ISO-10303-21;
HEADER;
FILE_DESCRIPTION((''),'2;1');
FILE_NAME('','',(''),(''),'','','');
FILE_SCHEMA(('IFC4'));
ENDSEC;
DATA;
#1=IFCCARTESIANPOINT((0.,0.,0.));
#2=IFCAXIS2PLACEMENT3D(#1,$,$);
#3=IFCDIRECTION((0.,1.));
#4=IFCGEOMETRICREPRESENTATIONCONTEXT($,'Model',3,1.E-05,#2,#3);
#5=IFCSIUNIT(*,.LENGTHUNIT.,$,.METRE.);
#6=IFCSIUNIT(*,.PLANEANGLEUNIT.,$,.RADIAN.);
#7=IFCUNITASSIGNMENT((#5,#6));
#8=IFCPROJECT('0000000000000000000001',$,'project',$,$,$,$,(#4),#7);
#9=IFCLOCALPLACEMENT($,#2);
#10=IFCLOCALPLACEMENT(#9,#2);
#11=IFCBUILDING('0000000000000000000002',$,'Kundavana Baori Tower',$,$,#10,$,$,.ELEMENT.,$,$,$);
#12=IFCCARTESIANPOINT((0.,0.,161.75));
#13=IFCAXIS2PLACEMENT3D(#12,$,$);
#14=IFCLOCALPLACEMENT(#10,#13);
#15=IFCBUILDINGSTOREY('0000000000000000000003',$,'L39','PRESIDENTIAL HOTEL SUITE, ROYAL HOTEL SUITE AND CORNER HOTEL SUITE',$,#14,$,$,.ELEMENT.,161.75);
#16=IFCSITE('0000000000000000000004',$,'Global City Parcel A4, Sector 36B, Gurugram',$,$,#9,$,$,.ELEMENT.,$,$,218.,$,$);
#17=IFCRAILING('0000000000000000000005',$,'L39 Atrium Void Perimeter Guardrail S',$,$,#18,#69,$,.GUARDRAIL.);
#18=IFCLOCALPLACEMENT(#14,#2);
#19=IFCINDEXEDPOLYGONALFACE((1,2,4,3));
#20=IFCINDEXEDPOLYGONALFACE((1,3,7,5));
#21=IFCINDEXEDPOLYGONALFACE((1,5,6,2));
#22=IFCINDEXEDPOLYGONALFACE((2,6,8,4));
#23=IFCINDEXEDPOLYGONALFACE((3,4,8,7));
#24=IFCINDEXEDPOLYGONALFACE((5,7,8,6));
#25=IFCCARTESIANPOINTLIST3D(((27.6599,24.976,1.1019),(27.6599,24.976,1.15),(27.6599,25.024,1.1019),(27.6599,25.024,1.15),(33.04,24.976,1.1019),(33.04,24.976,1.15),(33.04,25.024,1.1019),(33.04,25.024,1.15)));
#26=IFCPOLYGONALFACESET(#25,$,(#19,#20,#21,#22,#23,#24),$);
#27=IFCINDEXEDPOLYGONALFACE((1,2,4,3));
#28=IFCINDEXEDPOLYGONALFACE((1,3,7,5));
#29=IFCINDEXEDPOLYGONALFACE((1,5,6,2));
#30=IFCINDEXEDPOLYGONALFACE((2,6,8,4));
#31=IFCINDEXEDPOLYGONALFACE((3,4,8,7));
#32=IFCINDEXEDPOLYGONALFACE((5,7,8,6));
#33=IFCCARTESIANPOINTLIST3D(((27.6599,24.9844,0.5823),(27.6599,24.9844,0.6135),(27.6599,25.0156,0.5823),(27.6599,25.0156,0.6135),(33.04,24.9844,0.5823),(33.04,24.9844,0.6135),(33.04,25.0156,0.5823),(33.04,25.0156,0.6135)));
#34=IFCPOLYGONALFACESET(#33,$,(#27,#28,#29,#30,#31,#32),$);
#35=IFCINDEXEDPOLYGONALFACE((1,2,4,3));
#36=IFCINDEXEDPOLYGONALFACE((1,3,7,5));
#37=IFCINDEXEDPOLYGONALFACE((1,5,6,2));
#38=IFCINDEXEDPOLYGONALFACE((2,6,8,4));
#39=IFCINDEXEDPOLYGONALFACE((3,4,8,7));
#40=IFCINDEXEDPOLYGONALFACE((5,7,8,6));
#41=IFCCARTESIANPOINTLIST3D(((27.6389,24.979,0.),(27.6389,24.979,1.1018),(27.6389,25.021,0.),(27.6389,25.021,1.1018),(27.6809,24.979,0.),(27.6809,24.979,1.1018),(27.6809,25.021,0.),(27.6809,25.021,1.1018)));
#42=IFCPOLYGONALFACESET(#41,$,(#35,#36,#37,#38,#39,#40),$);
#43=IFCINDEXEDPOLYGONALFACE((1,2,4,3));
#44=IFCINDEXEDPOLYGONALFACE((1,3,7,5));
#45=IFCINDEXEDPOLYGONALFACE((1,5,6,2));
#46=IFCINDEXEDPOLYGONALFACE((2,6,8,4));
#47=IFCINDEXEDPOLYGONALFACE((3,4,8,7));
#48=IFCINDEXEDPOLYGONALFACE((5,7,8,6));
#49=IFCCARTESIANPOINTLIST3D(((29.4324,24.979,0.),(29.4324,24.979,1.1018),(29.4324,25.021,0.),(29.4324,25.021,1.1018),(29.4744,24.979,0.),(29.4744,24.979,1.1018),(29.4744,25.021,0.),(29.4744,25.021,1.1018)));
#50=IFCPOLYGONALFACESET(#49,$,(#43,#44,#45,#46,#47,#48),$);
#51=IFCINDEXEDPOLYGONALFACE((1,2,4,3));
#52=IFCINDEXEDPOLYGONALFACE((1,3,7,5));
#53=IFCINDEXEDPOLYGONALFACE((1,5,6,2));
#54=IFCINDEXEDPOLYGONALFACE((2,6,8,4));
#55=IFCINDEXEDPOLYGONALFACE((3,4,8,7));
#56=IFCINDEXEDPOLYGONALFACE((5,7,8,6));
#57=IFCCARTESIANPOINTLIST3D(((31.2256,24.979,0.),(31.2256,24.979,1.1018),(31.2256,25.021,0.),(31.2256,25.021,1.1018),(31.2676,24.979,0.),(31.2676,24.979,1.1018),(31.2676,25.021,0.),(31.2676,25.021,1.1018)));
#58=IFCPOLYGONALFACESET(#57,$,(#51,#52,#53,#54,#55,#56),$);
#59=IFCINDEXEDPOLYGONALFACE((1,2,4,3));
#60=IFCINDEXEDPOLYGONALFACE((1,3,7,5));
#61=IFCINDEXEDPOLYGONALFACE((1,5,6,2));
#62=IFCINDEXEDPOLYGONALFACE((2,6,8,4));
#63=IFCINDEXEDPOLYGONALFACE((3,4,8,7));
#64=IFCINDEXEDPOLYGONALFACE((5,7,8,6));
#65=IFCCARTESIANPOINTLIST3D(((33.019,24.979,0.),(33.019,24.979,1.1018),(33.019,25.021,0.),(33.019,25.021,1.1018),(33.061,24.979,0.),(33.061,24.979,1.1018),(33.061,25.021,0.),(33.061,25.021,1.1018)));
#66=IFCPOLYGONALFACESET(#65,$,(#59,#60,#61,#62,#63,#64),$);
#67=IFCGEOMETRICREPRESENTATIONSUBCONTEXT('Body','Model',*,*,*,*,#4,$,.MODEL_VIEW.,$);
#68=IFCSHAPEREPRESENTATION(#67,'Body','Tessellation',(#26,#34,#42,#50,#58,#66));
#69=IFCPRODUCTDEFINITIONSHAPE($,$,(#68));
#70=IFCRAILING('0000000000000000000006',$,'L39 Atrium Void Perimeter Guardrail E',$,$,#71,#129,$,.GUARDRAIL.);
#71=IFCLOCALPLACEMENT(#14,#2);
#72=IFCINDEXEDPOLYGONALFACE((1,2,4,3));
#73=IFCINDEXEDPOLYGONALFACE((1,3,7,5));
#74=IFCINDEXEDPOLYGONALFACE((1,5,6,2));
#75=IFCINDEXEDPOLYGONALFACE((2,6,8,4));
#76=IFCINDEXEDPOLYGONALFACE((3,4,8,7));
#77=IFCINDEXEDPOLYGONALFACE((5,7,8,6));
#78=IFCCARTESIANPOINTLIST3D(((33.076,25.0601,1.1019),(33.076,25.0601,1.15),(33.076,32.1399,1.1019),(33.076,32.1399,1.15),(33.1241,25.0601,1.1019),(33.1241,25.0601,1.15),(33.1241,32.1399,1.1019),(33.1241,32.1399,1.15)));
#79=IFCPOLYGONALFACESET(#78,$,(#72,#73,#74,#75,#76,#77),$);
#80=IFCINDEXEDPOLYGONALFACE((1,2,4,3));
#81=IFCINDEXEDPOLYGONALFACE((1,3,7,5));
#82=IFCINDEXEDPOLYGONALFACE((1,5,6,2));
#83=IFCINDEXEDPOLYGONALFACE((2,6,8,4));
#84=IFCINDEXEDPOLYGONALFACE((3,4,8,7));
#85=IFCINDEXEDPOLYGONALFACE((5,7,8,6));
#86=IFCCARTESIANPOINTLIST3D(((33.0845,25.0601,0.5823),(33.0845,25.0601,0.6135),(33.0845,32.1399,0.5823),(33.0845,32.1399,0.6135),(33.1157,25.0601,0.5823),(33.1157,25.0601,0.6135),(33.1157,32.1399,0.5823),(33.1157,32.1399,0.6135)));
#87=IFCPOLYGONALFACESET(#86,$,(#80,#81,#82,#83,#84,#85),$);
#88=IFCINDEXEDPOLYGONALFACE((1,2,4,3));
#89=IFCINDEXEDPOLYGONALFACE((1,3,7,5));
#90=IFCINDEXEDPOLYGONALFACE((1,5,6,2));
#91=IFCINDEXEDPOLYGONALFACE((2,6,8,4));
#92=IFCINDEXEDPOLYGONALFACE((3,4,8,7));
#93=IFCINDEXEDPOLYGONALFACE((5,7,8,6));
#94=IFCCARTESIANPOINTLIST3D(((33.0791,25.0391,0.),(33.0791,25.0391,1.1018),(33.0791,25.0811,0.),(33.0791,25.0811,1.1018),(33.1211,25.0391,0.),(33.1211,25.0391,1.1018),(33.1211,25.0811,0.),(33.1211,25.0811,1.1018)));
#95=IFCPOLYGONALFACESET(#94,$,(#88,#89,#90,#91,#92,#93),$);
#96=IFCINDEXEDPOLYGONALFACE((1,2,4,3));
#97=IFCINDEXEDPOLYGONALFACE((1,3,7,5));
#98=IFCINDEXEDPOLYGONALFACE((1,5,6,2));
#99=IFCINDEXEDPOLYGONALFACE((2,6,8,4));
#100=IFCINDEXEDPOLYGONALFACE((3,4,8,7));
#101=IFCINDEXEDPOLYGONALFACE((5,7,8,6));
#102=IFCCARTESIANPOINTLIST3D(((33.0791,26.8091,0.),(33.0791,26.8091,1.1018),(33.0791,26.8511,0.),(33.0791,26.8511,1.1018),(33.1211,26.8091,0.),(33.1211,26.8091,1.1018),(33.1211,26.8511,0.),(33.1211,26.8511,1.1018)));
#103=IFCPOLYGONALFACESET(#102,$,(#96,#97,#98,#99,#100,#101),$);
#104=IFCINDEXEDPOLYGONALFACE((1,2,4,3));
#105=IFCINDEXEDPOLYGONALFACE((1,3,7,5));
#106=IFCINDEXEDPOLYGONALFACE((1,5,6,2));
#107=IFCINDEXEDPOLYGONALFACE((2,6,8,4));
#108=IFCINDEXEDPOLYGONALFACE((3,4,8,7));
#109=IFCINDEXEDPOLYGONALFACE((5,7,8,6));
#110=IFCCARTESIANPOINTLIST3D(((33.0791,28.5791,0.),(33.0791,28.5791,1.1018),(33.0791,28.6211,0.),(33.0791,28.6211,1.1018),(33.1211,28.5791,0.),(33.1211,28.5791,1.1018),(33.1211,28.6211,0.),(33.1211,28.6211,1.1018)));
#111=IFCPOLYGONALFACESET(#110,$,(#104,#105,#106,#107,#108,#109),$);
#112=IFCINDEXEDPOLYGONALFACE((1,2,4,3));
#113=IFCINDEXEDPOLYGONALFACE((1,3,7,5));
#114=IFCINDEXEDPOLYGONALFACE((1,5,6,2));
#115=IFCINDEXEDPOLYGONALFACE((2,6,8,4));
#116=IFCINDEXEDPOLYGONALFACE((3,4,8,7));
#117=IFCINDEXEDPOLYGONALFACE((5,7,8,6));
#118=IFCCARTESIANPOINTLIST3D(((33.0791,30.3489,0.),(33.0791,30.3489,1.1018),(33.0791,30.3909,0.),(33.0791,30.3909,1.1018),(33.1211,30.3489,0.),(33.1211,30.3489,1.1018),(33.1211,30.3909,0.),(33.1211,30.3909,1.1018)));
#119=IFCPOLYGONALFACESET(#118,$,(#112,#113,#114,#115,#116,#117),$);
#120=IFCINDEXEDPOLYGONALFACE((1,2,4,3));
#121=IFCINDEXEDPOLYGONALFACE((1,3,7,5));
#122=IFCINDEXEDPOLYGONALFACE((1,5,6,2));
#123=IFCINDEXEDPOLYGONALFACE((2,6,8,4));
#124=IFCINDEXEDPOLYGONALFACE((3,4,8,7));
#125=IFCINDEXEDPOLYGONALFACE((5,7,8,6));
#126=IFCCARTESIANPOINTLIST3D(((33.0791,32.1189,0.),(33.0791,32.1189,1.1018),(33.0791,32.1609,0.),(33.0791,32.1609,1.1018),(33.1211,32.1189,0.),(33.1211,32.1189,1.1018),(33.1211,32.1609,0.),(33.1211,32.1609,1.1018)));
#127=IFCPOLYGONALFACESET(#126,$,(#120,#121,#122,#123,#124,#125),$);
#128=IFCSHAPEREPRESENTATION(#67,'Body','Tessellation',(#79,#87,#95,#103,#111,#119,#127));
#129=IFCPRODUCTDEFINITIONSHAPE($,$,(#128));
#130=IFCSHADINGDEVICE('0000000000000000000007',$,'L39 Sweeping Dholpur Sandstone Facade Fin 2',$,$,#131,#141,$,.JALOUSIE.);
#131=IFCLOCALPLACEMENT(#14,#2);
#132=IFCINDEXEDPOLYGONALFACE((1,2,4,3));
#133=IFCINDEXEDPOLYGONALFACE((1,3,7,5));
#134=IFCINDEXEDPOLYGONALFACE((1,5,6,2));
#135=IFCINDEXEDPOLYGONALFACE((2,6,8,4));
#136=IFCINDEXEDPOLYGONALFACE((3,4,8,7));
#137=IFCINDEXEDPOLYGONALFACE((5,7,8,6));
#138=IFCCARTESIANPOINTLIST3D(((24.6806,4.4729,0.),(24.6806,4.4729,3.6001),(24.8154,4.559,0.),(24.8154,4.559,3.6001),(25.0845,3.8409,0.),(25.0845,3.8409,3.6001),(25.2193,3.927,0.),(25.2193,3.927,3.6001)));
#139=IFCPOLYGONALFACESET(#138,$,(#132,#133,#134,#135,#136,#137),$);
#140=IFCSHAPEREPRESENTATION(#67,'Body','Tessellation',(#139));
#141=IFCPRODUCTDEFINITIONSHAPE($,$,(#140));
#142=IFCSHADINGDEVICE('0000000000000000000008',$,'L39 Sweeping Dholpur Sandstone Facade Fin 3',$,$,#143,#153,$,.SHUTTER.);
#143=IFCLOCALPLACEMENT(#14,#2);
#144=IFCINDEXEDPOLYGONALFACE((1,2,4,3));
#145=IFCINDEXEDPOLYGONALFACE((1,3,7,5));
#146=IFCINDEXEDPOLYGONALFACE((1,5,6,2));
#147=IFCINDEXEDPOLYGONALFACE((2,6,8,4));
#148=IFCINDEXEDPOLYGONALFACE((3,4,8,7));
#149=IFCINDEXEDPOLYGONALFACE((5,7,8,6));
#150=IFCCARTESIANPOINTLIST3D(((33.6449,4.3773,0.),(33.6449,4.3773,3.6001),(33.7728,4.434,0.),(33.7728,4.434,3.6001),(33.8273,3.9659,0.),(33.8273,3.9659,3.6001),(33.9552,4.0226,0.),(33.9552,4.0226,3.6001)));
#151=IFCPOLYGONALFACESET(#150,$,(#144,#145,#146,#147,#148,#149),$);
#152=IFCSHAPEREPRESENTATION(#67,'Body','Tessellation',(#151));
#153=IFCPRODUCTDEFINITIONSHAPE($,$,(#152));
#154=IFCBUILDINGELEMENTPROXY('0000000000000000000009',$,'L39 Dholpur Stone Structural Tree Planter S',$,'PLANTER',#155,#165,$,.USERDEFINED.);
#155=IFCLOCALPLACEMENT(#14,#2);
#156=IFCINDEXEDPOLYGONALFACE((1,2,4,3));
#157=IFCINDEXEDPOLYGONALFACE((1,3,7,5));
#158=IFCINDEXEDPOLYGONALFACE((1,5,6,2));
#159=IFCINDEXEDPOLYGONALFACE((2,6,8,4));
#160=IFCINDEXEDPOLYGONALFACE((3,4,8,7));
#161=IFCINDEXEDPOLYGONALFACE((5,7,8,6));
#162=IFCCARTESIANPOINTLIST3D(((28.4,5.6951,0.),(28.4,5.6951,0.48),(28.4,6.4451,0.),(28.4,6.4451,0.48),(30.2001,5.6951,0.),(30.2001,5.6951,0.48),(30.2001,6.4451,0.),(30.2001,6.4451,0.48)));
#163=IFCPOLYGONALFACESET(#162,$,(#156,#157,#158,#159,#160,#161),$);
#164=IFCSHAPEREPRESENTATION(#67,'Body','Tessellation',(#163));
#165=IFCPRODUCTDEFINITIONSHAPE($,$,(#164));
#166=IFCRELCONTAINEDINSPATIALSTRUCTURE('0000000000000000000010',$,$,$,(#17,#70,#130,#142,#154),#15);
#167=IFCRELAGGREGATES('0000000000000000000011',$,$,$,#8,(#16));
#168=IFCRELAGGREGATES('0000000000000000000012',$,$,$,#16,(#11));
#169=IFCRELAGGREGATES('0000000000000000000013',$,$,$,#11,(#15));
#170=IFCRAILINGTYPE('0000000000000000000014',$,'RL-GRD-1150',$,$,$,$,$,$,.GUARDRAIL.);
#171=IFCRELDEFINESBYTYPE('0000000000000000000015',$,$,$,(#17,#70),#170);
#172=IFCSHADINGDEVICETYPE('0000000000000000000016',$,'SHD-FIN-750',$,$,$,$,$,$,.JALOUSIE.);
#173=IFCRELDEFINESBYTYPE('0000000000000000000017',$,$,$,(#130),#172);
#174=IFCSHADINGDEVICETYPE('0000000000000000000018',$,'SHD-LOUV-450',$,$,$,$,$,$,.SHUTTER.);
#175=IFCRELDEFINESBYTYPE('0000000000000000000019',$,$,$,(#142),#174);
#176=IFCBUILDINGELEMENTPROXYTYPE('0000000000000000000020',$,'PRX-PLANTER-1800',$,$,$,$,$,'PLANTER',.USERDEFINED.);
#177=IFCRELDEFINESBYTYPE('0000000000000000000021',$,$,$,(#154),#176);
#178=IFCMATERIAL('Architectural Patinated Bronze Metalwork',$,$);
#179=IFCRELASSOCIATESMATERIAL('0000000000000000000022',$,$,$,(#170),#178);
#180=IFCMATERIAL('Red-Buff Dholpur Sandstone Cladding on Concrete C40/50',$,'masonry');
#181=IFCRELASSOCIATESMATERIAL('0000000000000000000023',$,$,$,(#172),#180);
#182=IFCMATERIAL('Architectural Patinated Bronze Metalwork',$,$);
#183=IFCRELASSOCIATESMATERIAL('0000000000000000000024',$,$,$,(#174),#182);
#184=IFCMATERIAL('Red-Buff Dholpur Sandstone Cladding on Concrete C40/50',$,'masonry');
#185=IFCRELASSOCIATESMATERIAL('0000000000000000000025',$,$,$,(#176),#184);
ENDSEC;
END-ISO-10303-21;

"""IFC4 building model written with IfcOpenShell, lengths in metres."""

from ifc_helpers import new_model, si_unit, direction, frame, origin, origin_2d, place, context, subcontext, project, spatial, rectangle, extrude, material, type_object, element, save


model = new_model("IFC4")

# Units and contexts
model_context = context("Model", 3, precision=1e-05, world=origin(), true_north=direction((0.0, 1.0)))
body_context = subcontext(model_context, "Body", "Model", "MODEL_VIEW")
ifc_project = project(units=[si_unit("LENGTHUNIT", "METRE"), si_unit("PLANEANGLEUNIT", "RADIAN")], contexts=[model_context])

# Site, building, storey
site_placement = place(None, origin())
site = spatial("IfcSite", under=ifc_project, at=site_placement, Name="Global City Parcel A4, Sector 36B, Gurugram", CompositionType="ELEMENT", RefElevation=218.0)
building_placement = place(site_placement, origin())
building = spatial("IfcBuilding", under=site, at=building_placement, Name="Kundavana Baori Tower", CompositionType="ELEMENT")
storey_placement = place(building_placement, frame((0.0, 0.0, 161.75)))
storey = spatial("IfcBuildingStorey", under=building, at=storey_placement, Name="L39", Description="PRESIDENTIAL HOTEL SUITE, ROYAL HOTEL SUITE AND CORNER HOTEL SUITE", CompositionType="ELEMENT", Elevation=161.75)

# Railings
ifc_material_1 = material(Name="Architectural Patinated Bronze Metalwork")
railing_type = type_object("IfcRailingType", Name="RL-GRD-1150", PredefinedType="GUARDRAIL", material=ifc_material_1)
railing_1_placement = place(storey_placement, frame((27.6599, 25.0, 0.0)))
element("IfcRailing", 1, at=railing_1_placement, inside=storey, type_object=railing_type, Name="L39 Atrium Void Perimeter Guardrail S", PredefinedType="GUARDRAIL", context=body_context, shape_type="SweptSolid", body=[
    extrude(rectangle(XDim=0.0481, YDim=0.0481, at=origin_2d()), frame((0.0, 0.0, 1.126), z_axis=(1.0, 0.0, 0.0), x_axis=(0.0, 1.0, 0.0)), (0.0, 0.0, 1.0), 5.3801),
    extrude(rectangle(XDim=0.0312, YDim=0.0312, at=origin_2d()), frame((0.0, 0.0, 0.5979), z_axis=(1.0, 0.0, 0.0), x_axis=(0.0, 1.0, 0.0)), (0.0, 0.0, 1.0), 5.3801),
    extrude(rectangle(XDim=0.042, YDim=0.042, at=origin_2d()), origin(), (0.0, 0.0, 1.0), 1.1018),
    extrude(rectangle(XDim=0.042, YDim=0.042, at=origin_2d()), frame((1.7935, 0.0, 0.0)), (0.0, 0.0, 1.0), 1.1018),
    extrude(rectangle(XDim=0.042, YDim=0.042, at=origin_2d()), frame((3.5867, 0.0, 0.0)), (0.0, 0.0, 1.0), 1.1018),
    extrude(rectangle(XDim=0.042, YDim=0.042, at=origin_2d()), frame((5.3801, 0.0, 0.0)), (0.0, 0.0, 1.0), 1.1018),
])
railing_2_placement = place(storey_placement, frame((33.1001, 25.0601, 0.0)))
element("IfcRailing", 2, at=railing_2_placement, inside=storey, type_object=railing_type, Name="L39 Atrium Void Perimeter Guardrail E", PredefinedType="GUARDRAIL", context=body_context, shape_type="SweptSolid", body=[
    extrude(rectangle(XDim=0.0481, YDim=0.0481, at=origin_2d()), frame((0.0, 0.0, 1.126), z_axis=(0.0, 1.0, 0.0), x_axis=(-1.0, 0.0, 0.0)), (0.0, 0.0, 1.0), 7.0798),
    extrude(rectangle(XDim=0.0312, YDim=0.0312, at=origin_2d()), frame((0.0, 0.0, 0.5979), z_axis=(0.0, 1.0, 0.0), x_axis=(-1.0, 0.0, 0.0)), (0.0, 0.0, 1.0), 7.0798),
    extrude(rectangle(XDim=0.042, YDim=0.042, at=origin_2d()), origin(), (0.0, 0.0, 1.0), 1.1018),
    extrude(rectangle(XDim=0.042, YDim=0.042, at=origin_2d()), frame((0.0, 1.77, 0.0)), (0.0, 0.0, 1.0), 1.1018),
    extrude(rectangle(XDim=0.042, YDim=0.042, at=origin_2d()), frame((0.0, 3.54, 0.0)), (0.0, 0.0, 1.0), 1.1018),
    extrude(rectangle(XDim=0.042, YDim=0.042, at=origin_2d()), frame((0.0, 5.3098, 0.0)), (0.0, 0.0, 1.0), 1.1018),
    extrude(rectangle(XDim=0.042, YDim=0.042, at=origin_2d()), frame((0.0, 7.0798, 0.0)), (0.0, 0.0, 1.0), 1.1018),
])

# Shading devices
ifc_material_2 = material(Name="Red-Buff Dholpur Sandstone Cladding on Concrete C40/50", Category="masonry")
shading_device_type_1 = type_object("IfcShadingDeviceType", Name="SHD-FIN-750", PredefinedType="JALOUSIE", material=ifc_material_2)
shading_device_1_placement = place(storey_placement, frame((24.95, 4.2, 0.0), z_axis=(0.0, 0.0, 1.0), x_axis=(0.84264, 0.538477, 0.0)))
element("IfcShadingDevice", 3, at=shading_device_1_placement, inside=storey, type_object=shading_device_type_1, Name="L39 Sweeping Dholpur Sandstone Facade Fin 2", PredefinedType="JALOUSIE", context=body_context, shape_type="SweptSolid", body=[
    extrude(rectangle(XDim=0.1599, YDim=0.75, at=origin_2d()), origin(), (0.0, 0.0, 1.0), 3.6001),
])
ifc_material_3 = material(Name="Architectural Patinated Bronze Metalwork")
shading_device_type_2 = type_object("IfcShadingDeviceType", Name="SHD-LOUV-450", PredefinedType="SHUTTER", material=ifc_material_3)
shading_device_2_placement = place(storey_placement, frame((33.8, 4.2, 0.0), z_axis=(0.0, 0.0, 1.0), x_axis=(0.914183, 0.405301, 0.0)))
element("IfcShadingDevice", 4, at=shading_device_2_placement, inside=storey, type_object=shading_device_type_2, Name="L39 Sweeping Dholpur Sandstone Facade Fin 3", PredefinedType="SHUTTER", context=body_context, shape_type="SweptSolid", body=[
    extrude(rectangle(XDim=0.1399, YDim=0.45, at=origin_2d()), origin(), (0.0, 0.0, 1.0), 3.6001),
])

# Building element proxy
ifc_material_4 = material(Name="Red-Buff Dholpur Sandstone Cladding on Concrete C40/50", Category="masonry")
building_element_proxy_type = type_object("IfcBuildingElementProxyType", Name="PRX-PLANTER-1800", ElementType="PLANTER", PredefinedType="USERDEFINED", material=ifc_material_4)
proxy_placement = place(storey_placement, frame((29.3, 6.0701, 0.0), z_axis=(0.0, 0.0, 1.0), x_axis=(1.0, 0.0, 0.0)))
element("IfcBuildingElementProxy", 5, at=proxy_placement, inside=storey, type_object=building_element_proxy_type, Name="L39 Dholpur Stone Structural Tree Planter S", ObjectType="PLANTER", PredefinedType="USERDEFINED", context=body_context, shape_type="SweptSolid", body=[
    extrude(rectangle(XDim=1.8, YDim=0.75, at=origin_2d()), origin(), (0.0, 0.0, 1.0), 0.48),
])

save(model, "model.ifc")
